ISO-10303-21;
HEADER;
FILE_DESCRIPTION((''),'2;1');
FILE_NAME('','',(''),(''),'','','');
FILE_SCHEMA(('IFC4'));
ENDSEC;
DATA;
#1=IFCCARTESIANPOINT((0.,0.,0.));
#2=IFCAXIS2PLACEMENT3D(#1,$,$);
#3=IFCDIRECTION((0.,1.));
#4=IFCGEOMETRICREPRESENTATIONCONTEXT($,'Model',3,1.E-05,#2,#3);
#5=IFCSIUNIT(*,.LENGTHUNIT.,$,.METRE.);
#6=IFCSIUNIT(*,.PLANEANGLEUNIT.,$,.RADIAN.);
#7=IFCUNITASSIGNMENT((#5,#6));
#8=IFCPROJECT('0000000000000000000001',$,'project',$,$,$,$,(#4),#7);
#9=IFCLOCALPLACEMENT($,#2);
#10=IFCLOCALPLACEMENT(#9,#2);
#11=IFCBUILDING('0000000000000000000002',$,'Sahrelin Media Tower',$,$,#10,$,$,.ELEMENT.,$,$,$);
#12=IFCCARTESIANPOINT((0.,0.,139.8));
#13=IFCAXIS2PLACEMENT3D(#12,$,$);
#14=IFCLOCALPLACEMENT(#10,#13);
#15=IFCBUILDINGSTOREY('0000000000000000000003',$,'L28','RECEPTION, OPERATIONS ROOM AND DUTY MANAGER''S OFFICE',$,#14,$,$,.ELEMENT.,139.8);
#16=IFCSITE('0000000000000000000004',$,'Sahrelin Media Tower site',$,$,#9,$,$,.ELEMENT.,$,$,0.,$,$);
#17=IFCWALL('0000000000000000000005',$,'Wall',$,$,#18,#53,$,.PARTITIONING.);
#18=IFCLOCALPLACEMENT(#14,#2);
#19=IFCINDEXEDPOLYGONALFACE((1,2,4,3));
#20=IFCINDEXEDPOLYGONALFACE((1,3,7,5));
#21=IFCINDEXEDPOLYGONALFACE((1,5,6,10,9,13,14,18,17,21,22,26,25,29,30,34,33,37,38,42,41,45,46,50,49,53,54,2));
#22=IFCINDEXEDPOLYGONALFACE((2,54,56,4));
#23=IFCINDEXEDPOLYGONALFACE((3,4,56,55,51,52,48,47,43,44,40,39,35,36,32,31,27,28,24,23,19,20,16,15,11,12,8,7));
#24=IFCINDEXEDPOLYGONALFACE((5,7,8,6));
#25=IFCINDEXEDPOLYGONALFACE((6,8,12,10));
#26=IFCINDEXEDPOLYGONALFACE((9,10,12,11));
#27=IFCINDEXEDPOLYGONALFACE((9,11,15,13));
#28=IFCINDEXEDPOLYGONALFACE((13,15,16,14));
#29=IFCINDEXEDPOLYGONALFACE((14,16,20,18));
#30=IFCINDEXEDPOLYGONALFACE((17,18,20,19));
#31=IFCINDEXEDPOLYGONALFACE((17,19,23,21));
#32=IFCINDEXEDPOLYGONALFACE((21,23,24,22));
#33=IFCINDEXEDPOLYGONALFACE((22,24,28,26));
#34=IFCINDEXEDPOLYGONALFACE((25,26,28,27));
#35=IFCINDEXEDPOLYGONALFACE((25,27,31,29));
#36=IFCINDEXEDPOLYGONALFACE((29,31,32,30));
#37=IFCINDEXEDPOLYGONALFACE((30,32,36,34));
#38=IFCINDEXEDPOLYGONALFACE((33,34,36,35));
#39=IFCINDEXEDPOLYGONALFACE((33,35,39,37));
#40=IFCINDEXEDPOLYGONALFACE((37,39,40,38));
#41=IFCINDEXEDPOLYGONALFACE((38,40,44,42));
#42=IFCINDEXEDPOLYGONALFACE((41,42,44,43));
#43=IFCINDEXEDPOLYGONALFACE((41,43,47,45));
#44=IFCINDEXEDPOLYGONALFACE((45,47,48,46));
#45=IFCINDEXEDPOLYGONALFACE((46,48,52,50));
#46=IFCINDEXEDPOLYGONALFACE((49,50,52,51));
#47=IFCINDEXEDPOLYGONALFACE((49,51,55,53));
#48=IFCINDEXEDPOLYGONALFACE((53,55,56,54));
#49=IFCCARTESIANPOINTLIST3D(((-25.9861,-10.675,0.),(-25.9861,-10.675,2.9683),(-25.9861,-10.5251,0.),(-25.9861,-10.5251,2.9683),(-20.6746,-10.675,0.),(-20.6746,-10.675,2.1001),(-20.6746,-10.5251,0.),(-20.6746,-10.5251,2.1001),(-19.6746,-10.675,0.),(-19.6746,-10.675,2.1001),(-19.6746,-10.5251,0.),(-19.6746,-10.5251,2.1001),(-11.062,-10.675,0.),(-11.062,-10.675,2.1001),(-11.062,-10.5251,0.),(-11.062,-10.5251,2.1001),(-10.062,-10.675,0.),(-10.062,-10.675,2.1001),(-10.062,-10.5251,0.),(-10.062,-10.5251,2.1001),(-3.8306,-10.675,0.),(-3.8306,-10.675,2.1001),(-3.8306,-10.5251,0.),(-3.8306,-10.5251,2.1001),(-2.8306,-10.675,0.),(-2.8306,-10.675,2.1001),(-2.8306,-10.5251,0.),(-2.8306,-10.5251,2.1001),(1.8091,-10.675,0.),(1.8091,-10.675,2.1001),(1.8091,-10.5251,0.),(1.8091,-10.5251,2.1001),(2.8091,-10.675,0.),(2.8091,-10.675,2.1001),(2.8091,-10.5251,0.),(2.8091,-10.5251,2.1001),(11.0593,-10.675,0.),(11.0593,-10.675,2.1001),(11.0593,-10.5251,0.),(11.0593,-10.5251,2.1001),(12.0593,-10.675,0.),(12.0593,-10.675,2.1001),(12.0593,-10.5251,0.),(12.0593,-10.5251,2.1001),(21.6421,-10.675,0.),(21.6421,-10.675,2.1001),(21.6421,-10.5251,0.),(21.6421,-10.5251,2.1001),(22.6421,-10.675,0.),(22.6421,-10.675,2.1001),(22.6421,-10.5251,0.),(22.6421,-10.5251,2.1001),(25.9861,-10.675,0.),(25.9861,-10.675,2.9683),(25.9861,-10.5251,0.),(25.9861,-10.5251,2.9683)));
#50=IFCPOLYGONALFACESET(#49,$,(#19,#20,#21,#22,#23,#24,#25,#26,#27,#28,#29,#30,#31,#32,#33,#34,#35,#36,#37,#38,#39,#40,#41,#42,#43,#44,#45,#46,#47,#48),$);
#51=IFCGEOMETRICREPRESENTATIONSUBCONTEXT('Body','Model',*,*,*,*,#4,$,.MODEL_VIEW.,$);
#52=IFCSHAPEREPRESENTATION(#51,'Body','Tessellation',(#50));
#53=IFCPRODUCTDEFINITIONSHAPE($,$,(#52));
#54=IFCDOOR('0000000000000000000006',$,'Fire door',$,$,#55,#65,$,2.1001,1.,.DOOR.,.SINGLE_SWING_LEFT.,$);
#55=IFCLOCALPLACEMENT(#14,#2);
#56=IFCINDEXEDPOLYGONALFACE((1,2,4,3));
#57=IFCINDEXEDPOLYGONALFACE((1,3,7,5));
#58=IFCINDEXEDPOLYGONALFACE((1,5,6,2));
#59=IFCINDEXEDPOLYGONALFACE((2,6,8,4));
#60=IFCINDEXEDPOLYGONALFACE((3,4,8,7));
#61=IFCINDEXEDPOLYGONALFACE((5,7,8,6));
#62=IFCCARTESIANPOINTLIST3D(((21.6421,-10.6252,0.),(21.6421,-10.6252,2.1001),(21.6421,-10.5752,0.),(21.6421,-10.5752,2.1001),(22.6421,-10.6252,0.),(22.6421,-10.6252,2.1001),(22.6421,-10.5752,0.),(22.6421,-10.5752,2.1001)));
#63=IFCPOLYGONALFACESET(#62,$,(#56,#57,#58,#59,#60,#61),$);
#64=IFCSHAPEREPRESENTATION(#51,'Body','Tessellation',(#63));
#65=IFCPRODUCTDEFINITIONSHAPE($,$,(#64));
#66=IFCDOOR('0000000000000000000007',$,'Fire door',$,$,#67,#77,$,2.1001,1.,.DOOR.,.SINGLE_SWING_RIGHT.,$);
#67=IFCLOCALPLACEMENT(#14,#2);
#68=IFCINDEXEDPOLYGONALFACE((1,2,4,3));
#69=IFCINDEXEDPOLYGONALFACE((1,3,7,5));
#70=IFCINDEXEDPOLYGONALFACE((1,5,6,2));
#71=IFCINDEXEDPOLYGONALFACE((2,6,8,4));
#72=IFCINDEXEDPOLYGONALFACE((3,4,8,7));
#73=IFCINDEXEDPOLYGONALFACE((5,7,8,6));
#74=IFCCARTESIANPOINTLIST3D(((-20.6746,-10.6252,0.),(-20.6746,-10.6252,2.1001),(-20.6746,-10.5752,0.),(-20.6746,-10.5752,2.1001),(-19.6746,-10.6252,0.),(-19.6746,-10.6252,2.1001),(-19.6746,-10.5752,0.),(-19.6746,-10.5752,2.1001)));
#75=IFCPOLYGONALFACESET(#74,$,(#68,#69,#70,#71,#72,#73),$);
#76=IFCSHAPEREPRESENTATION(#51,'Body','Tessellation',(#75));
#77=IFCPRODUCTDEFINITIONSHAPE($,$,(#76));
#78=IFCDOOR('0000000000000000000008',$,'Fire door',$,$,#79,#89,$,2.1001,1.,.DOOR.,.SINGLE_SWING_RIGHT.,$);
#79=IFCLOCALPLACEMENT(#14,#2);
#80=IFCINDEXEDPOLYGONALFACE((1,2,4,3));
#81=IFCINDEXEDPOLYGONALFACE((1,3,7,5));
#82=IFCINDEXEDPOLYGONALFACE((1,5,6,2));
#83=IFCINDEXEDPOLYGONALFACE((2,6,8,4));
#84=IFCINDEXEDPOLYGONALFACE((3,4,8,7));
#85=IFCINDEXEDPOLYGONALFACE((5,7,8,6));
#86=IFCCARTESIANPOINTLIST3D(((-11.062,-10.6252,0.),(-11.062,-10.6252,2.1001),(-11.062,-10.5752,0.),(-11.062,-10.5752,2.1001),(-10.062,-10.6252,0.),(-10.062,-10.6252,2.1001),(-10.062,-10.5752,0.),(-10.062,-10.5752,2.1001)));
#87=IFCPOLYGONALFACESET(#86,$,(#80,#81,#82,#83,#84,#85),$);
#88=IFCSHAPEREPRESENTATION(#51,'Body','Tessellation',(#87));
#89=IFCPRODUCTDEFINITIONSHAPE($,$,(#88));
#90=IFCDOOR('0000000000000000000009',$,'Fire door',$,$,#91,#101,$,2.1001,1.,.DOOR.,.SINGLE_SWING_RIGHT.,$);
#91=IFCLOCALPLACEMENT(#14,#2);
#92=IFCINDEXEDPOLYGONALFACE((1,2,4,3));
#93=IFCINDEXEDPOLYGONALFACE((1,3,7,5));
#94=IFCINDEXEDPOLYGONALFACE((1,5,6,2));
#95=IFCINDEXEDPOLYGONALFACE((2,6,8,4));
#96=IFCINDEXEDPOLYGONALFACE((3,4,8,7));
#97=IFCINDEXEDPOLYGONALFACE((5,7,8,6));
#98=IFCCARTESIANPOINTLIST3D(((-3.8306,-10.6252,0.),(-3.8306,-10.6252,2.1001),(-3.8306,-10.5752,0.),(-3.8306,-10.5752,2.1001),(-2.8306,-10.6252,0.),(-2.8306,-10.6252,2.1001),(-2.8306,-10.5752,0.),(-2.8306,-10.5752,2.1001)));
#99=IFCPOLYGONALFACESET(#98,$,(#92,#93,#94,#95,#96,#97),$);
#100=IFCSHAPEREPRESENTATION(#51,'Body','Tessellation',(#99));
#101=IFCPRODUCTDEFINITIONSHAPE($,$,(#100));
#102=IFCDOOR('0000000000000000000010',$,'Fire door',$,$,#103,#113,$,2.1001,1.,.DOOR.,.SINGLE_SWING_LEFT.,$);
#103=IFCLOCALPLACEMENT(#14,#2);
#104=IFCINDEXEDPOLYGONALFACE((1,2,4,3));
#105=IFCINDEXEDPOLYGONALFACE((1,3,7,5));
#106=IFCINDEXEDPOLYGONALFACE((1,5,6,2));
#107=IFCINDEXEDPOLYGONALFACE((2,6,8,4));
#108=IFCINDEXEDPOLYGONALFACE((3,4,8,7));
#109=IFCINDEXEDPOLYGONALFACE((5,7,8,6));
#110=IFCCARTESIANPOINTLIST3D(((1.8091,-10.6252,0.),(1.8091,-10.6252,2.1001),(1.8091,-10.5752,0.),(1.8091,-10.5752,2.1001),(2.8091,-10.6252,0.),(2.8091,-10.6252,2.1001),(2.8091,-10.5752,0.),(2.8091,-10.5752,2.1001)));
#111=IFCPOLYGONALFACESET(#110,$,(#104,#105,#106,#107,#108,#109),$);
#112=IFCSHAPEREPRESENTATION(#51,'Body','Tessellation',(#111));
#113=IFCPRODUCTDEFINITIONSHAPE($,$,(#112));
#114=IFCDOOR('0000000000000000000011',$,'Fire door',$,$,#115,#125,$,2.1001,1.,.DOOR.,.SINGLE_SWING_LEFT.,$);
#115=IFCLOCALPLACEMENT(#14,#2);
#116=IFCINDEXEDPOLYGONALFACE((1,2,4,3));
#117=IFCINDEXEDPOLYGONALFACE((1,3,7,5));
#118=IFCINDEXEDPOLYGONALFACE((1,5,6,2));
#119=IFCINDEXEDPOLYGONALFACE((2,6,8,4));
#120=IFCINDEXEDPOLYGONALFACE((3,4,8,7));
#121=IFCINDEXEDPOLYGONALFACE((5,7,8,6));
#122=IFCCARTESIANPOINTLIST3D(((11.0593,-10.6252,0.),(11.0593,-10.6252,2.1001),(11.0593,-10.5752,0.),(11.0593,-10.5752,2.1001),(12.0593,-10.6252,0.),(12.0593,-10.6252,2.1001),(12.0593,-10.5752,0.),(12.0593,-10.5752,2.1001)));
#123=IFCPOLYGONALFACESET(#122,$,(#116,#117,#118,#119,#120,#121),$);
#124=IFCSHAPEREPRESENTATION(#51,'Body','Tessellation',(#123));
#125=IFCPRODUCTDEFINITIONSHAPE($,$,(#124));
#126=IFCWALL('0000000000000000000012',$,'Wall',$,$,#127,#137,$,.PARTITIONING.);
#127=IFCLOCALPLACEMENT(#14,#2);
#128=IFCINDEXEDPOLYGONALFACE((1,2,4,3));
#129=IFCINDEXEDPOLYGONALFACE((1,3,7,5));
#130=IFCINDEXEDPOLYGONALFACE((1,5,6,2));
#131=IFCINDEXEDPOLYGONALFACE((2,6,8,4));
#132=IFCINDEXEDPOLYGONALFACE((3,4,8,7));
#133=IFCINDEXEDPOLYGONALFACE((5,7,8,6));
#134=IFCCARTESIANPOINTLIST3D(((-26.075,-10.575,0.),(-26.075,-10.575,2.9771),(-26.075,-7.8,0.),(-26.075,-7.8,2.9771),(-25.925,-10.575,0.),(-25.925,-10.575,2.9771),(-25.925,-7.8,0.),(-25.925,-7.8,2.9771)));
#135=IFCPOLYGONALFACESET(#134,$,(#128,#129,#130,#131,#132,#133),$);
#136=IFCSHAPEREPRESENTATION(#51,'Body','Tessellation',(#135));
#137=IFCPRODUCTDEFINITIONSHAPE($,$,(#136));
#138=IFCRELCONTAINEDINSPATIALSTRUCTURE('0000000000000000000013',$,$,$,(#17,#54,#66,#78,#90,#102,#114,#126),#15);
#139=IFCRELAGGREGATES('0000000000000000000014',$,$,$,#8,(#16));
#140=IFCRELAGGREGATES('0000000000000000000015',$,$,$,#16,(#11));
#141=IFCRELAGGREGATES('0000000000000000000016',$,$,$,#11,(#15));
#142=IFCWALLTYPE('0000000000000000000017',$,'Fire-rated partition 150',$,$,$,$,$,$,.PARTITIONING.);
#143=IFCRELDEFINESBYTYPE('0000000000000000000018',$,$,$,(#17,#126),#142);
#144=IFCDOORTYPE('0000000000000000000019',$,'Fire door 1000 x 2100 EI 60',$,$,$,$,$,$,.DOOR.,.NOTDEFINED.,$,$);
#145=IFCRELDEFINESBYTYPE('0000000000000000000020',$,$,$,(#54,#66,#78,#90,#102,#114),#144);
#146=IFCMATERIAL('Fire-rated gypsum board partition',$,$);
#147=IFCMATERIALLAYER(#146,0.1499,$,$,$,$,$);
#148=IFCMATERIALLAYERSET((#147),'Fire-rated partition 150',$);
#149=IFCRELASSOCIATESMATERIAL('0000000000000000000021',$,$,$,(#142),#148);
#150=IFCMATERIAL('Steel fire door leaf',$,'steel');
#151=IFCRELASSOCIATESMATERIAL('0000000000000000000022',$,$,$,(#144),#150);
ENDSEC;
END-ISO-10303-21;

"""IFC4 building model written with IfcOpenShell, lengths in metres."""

from ifc_helpers import new_model, si_unit, direction, frame, frame_2d, origin, place, context, subcontext, project, spatial, rectangle, extrude, material, layer, layer_set, type_object, element, fill, save


model = new_model("IFC4")

# Units and contexts
model_context = context("Model", 3, precision=1e-05, world=origin(), true_north=direction((0.0, 1.0)))
body_context = subcontext(model_context, "Body", "Model", "MODEL_VIEW")
ifc_project = project(units=[si_unit("LENGTHUNIT", "METRE"), si_unit("PLANEANGLEUNIT", "RADIAN")], contexts=[model_context])

# Site, building, storey
site_placement = place(None, origin())
site = spatial("IfcSite", under=ifc_project, at=site_placement, Name="Sahrelin Media Tower site", CompositionType="ELEMENT", RefElevation=0.0)
building_placement = place(site_placement, origin())
building = spatial("IfcBuilding", under=site, at=building_placement, Name="Sahrelin Media Tower", CompositionType="ELEMENT")
storey_placement = place(building_placement, frame((0.0, 0.0, 139.8)))
storey = spatial("IfcBuildingStorey", under=building, at=storey_placement, Name="L28", Description="RECEPTION, OPERATIONS ROOM AND DUTY MANAGER'S OFFICE", CompositionType="ELEMENT", Elevation=139.8)

# Wall, openings, doors
ifc_material_1 = material(Name="Fire-rated gypsum board partition")
ifc_layer_1 = layer(ifc_material_1, 0.1499)
ifc_layer_set_1 = layer_set([ifc_layer_1], Name="Fire-rated partition 150")
wall_type_1 = type_object("IfcWallType", Name="Fire-rated partition 150", PredefinedType="PARTITIONING", material=ifc_layer_set_1)
wall_1_placement = place(storey_placement, frame((-25.9861, -10.6001, 0.0), z_axis=(0.0, 0.0, 1.0), x_axis=(1.0, 0.0, 0.0)))
wall_1 = element("IfcWall", 1, at=wall_1_placement, inside=storey, type_object=wall_type_1, Name="Wall", PredefinedType="PARTITIONING", context=body_context, shape_type="SweptSolid", body=[
    extrude(rectangle(XDim=51.9722, YDim=0.1499, at=frame_2d((25.9861, 0.0))), origin(), (0.0, 0.0, 1.0), 2.9683),
])
opening_1_placement = place(wall_1_placement, frame((47.6282, 0.0, 0.0)))
opening_1 = element("IfcOpeningElement", 2, at=opening_1_placement, cuts=wall_1, PredefinedType="OPENING", context=body_context, shape_type="SweptSolid", body=[
    extrude(rectangle(XDim=1.0, YDim=2.1001, at=frame_2d((0.5, 1.05))), frame((0.0, 0.075, 0.0), z_axis=(0.0, -1.0, 0.0), x_axis=(1.0, 0.0, 0.0)), (0.0, 0.0, 1.0), 0.1499),
])
opening_2_placement = place(wall_1_placement, frame((5.3115, 0.0, 0.0)))
opening_2 = element("IfcOpeningElement", 3, at=opening_2_placement, cuts=wall_1, PredefinedType="OPENING", context=body_context, shape_type="SweptSolid", body=[
    extrude(rectangle(XDim=1.0, YDim=2.1001, at=frame_2d((0.5, 1.05))), frame((0.0, 0.075, 0.0), z_axis=(0.0, -1.0, 0.0), x_axis=(1.0, 0.0, 0.0)), (0.0, 0.0, 1.0), 0.1499),
])
opening_3_placement = place(wall_1_placement, frame((14.9241, 0.0, 0.0)))
opening_3 = element("IfcOpeningElement", 4, at=opening_3_placement, cuts=wall_1, PredefinedType="OPENING", context=body_context, shape_type="SweptSolid", body=[
    extrude(rectangle(XDim=1.0, YDim=2.1001, at=frame_2d((0.5, 1.05))), frame((0.0, 0.075, 0.0), z_axis=(0.0, -1.0, 0.0), x_axis=(1.0, 0.0, 0.0)), (0.0, 0.0, 1.0), 0.1499),
])
opening_4_placement = place(wall_1_placement, frame((22.1555, 0.0, 0.0)))
opening_4 = element("IfcOpeningElement", 5, at=opening_4_placement, cuts=wall_1, PredefinedType="OPENING", context=body_context, shape_type="SweptSolid", body=[
    extrude(rectangle(XDim=1.0, YDim=2.1001, at=frame_2d((0.5, 1.05))), frame((0.0, 0.075, 0.0), z_axis=(0.0, -1.0, 0.0), x_axis=(1.0, 0.0, 0.0)), (0.0, 0.0, 1.0), 0.1499),
])
opening_5_placement = place(wall_1_placement, frame((27.7952, 0.0, 0.0)))
opening_5 = element("IfcOpeningElement", 6, at=opening_5_placement, cuts=wall_1, PredefinedType="OPENING", context=body_context, shape_type="SweptSolid", body=[
    extrude(rectangle(XDim=1.0, YDim=2.1001, at=frame_2d((0.5, 1.05))), frame((0.0, 0.075, 0.0), z_axis=(0.0, -1.0, 0.0), x_axis=(1.0, 0.0, 0.0)), (0.0, 0.0, 1.0), 0.1499),
])
opening_6_placement = place(wall_1_placement, frame((37.0454, 0.0, 0.0)))
opening_6 = element("IfcOpeningElement", 7, at=opening_6_placement, cuts=wall_1, PredefinedType="OPENING", context=body_context, shape_type="SweptSolid", body=[
    extrude(rectangle(XDim=1.0, YDim=2.1001, at=frame_2d((0.5, 1.05))), frame((0.0, 0.075, 0.0), z_axis=(0.0, -1.0, 0.0), x_axis=(1.0, 0.0, 0.0)), (0.0, 0.0, 1.0), 0.1499),
])
ifc_material_2 = material(Name="Steel fire door leaf", Category="steel")
door_type_1 = type_object("IfcDoorType", Name="Fire door 1000 x 2100 EI 60", OperationType="NOTDEFINED", PredefinedType="DOOR", material=ifc_material_2)
door_1_placement = place(opening_1_placement, origin())
door_1 = element("IfcDoor", 8, at=door_1_placement, inside=storey, type_object=door_type_1, Name="Fire door", OperationType="SINGLE_SWING_LEFT", OverallHeight=2.1001, OverallWidth=1.0, PredefinedType="DOOR", context=body_context, shape_type="SweptSolid", body=[
    extrude(rectangle(XDim=1.0, YDim=2.1001, at=frame_2d((0.5, 1.05))), frame((0.0, 0.0249, 0.0), z_axis=(0.0, -1.0, 0.0), x_axis=(1.0, 0.0, 0.0)), (0.0, 0.0, 1.0), 0.05),
])
fill(opening_1, door_1)
door_2_placement = place(opening_2_placement, origin())
door_2 = element("IfcDoor", 9, at=door_2_placement, inside=storey, type_object=door_type_1, Name="Fire door", OperationType="SINGLE_SWING_RIGHT", OverallHeight=2.1001, OverallWidth=1.0, PredefinedType="DOOR", context=body_context, shape_type="SweptSolid", body=[
    extrude(rectangle(XDim=1.0, YDim=2.1001, at=frame_2d((0.5, 1.05))), frame((0.0, 0.0249, 0.0), z_axis=(0.0, -1.0, 0.0), x_axis=(1.0, 0.0, 0.0)), (0.0, 0.0, 1.0), 0.05),
])
fill(opening_2, door_2)
door_3_placement = place(opening_3_placement, origin())
door_3 = element("IfcDoor", 10, at=door_3_placement, inside=storey, type_object=door_type_1, Name="Fire door", OperationType="SINGLE_SWING_RIGHT", OverallHeight=2.1001, OverallWidth=1.0, PredefinedType="DOOR", context=body_context, shape_type="SweptSolid", body=[
    extrude(rectangle(XDim=1.0, YDim=2.1001, at=frame_2d((0.5, 1.05))), frame((0.0, 0.0249, 0.0), z_axis=(0.0, -1.0, 0.0), x_axis=(1.0, 0.0, 0.0)), (0.0, 0.0, 1.0), 0.05),
])
fill(opening_3, door_3)
door_4_placement = place(opening_4_placement, origin())
door_4 = element("IfcDoor", 11, at=door_4_placement, inside=storey, type_object=door_type_1, Name="Fire door", OperationType="SINGLE_SWING_RIGHT", OverallHeight=2.1001, OverallWidth=1.0, PredefinedType="DOOR", context=body_context, shape_type="SweptSolid", body=[
    extrude(rectangle(XDim=1.0, YDim=2.1001, at=frame_2d((0.5, 1.05))), frame((0.0, 0.0249, 0.0), z_axis=(0.0, -1.0, 0.0), x_axis=(1.0, 0.0, 0.0)), (0.0, 0.0, 1.0), 0.05),
])
fill(opening_4, door_4)
door_5_placement = place(opening_5_placement, origin())
door_5 = element("IfcDoor", 12, at=door_5_placement, inside=storey, type_object=door_type_1, Name="Fire door", OperationType="SINGLE_SWING_LEFT", OverallHeight=2.1001, OverallWidth=1.0, PredefinedType="DOOR", context=body_context, shape_type="SweptSolid", body=[
    extrude(rectangle(XDim=1.0, YDim=2.1001, at=frame_2d((0.5, 1.05))), frame((0.0, 0.0249, 0.0), z_axis=(0.0, -1.0, 0.0), x_axis=(1.0, 0.0, 0.0)), (0.0, 0.0, 1.0), 0.05),
])
fill(opening_5, door_5)
door_6_placement = place(opening_6_placement, origin())
door_6 = element("IfcDoor", 13, at=door_6_placement, inside=storey, type_object=door_type_1, Name="Fire door", OperationType="SINGLE_SWING_LEFT", OverallHeight=2.1001, OverallWidth=1.0, PredefinedType="DOOR", context=body_context, shape_type="SweptSolid", body=[
    extrude(rectangle(XDim=1.0, YDim=2.1001, at=frame_2d((0.5, 1.05))), frame((0.0, 0.0249, 0.0), z_axis=(0.0, -1.0, 0.0), x_axis=(1.0, 0.0, 0.0)), (0.0, 0.0, 1.0), 0.05),
])
fill(opening_6, door_6)

# Wall
wall_2_placement = place(storey_placement, frame((-26.0, -10.575, 0.0), z_axis=(0.0, 0.0, 1.0), x_axis=(0.0, 1.0, 0.0)))
element("IfcWall", 14, at=wall_2_placement, inside=storey, type_object=wall_type_1, Name="Wall", PredefinedType="PARTITIONING", context=body_context, shape_type="SweptSolid", body=[
    extrude(rectangle(XDim=2.7749, YDim=0.1499, at=frame_2d((1.3875, 0.0))), origin(), (0.0, 0.0, 1.0), 2.9771),
])

save(model, "model.ifc")
